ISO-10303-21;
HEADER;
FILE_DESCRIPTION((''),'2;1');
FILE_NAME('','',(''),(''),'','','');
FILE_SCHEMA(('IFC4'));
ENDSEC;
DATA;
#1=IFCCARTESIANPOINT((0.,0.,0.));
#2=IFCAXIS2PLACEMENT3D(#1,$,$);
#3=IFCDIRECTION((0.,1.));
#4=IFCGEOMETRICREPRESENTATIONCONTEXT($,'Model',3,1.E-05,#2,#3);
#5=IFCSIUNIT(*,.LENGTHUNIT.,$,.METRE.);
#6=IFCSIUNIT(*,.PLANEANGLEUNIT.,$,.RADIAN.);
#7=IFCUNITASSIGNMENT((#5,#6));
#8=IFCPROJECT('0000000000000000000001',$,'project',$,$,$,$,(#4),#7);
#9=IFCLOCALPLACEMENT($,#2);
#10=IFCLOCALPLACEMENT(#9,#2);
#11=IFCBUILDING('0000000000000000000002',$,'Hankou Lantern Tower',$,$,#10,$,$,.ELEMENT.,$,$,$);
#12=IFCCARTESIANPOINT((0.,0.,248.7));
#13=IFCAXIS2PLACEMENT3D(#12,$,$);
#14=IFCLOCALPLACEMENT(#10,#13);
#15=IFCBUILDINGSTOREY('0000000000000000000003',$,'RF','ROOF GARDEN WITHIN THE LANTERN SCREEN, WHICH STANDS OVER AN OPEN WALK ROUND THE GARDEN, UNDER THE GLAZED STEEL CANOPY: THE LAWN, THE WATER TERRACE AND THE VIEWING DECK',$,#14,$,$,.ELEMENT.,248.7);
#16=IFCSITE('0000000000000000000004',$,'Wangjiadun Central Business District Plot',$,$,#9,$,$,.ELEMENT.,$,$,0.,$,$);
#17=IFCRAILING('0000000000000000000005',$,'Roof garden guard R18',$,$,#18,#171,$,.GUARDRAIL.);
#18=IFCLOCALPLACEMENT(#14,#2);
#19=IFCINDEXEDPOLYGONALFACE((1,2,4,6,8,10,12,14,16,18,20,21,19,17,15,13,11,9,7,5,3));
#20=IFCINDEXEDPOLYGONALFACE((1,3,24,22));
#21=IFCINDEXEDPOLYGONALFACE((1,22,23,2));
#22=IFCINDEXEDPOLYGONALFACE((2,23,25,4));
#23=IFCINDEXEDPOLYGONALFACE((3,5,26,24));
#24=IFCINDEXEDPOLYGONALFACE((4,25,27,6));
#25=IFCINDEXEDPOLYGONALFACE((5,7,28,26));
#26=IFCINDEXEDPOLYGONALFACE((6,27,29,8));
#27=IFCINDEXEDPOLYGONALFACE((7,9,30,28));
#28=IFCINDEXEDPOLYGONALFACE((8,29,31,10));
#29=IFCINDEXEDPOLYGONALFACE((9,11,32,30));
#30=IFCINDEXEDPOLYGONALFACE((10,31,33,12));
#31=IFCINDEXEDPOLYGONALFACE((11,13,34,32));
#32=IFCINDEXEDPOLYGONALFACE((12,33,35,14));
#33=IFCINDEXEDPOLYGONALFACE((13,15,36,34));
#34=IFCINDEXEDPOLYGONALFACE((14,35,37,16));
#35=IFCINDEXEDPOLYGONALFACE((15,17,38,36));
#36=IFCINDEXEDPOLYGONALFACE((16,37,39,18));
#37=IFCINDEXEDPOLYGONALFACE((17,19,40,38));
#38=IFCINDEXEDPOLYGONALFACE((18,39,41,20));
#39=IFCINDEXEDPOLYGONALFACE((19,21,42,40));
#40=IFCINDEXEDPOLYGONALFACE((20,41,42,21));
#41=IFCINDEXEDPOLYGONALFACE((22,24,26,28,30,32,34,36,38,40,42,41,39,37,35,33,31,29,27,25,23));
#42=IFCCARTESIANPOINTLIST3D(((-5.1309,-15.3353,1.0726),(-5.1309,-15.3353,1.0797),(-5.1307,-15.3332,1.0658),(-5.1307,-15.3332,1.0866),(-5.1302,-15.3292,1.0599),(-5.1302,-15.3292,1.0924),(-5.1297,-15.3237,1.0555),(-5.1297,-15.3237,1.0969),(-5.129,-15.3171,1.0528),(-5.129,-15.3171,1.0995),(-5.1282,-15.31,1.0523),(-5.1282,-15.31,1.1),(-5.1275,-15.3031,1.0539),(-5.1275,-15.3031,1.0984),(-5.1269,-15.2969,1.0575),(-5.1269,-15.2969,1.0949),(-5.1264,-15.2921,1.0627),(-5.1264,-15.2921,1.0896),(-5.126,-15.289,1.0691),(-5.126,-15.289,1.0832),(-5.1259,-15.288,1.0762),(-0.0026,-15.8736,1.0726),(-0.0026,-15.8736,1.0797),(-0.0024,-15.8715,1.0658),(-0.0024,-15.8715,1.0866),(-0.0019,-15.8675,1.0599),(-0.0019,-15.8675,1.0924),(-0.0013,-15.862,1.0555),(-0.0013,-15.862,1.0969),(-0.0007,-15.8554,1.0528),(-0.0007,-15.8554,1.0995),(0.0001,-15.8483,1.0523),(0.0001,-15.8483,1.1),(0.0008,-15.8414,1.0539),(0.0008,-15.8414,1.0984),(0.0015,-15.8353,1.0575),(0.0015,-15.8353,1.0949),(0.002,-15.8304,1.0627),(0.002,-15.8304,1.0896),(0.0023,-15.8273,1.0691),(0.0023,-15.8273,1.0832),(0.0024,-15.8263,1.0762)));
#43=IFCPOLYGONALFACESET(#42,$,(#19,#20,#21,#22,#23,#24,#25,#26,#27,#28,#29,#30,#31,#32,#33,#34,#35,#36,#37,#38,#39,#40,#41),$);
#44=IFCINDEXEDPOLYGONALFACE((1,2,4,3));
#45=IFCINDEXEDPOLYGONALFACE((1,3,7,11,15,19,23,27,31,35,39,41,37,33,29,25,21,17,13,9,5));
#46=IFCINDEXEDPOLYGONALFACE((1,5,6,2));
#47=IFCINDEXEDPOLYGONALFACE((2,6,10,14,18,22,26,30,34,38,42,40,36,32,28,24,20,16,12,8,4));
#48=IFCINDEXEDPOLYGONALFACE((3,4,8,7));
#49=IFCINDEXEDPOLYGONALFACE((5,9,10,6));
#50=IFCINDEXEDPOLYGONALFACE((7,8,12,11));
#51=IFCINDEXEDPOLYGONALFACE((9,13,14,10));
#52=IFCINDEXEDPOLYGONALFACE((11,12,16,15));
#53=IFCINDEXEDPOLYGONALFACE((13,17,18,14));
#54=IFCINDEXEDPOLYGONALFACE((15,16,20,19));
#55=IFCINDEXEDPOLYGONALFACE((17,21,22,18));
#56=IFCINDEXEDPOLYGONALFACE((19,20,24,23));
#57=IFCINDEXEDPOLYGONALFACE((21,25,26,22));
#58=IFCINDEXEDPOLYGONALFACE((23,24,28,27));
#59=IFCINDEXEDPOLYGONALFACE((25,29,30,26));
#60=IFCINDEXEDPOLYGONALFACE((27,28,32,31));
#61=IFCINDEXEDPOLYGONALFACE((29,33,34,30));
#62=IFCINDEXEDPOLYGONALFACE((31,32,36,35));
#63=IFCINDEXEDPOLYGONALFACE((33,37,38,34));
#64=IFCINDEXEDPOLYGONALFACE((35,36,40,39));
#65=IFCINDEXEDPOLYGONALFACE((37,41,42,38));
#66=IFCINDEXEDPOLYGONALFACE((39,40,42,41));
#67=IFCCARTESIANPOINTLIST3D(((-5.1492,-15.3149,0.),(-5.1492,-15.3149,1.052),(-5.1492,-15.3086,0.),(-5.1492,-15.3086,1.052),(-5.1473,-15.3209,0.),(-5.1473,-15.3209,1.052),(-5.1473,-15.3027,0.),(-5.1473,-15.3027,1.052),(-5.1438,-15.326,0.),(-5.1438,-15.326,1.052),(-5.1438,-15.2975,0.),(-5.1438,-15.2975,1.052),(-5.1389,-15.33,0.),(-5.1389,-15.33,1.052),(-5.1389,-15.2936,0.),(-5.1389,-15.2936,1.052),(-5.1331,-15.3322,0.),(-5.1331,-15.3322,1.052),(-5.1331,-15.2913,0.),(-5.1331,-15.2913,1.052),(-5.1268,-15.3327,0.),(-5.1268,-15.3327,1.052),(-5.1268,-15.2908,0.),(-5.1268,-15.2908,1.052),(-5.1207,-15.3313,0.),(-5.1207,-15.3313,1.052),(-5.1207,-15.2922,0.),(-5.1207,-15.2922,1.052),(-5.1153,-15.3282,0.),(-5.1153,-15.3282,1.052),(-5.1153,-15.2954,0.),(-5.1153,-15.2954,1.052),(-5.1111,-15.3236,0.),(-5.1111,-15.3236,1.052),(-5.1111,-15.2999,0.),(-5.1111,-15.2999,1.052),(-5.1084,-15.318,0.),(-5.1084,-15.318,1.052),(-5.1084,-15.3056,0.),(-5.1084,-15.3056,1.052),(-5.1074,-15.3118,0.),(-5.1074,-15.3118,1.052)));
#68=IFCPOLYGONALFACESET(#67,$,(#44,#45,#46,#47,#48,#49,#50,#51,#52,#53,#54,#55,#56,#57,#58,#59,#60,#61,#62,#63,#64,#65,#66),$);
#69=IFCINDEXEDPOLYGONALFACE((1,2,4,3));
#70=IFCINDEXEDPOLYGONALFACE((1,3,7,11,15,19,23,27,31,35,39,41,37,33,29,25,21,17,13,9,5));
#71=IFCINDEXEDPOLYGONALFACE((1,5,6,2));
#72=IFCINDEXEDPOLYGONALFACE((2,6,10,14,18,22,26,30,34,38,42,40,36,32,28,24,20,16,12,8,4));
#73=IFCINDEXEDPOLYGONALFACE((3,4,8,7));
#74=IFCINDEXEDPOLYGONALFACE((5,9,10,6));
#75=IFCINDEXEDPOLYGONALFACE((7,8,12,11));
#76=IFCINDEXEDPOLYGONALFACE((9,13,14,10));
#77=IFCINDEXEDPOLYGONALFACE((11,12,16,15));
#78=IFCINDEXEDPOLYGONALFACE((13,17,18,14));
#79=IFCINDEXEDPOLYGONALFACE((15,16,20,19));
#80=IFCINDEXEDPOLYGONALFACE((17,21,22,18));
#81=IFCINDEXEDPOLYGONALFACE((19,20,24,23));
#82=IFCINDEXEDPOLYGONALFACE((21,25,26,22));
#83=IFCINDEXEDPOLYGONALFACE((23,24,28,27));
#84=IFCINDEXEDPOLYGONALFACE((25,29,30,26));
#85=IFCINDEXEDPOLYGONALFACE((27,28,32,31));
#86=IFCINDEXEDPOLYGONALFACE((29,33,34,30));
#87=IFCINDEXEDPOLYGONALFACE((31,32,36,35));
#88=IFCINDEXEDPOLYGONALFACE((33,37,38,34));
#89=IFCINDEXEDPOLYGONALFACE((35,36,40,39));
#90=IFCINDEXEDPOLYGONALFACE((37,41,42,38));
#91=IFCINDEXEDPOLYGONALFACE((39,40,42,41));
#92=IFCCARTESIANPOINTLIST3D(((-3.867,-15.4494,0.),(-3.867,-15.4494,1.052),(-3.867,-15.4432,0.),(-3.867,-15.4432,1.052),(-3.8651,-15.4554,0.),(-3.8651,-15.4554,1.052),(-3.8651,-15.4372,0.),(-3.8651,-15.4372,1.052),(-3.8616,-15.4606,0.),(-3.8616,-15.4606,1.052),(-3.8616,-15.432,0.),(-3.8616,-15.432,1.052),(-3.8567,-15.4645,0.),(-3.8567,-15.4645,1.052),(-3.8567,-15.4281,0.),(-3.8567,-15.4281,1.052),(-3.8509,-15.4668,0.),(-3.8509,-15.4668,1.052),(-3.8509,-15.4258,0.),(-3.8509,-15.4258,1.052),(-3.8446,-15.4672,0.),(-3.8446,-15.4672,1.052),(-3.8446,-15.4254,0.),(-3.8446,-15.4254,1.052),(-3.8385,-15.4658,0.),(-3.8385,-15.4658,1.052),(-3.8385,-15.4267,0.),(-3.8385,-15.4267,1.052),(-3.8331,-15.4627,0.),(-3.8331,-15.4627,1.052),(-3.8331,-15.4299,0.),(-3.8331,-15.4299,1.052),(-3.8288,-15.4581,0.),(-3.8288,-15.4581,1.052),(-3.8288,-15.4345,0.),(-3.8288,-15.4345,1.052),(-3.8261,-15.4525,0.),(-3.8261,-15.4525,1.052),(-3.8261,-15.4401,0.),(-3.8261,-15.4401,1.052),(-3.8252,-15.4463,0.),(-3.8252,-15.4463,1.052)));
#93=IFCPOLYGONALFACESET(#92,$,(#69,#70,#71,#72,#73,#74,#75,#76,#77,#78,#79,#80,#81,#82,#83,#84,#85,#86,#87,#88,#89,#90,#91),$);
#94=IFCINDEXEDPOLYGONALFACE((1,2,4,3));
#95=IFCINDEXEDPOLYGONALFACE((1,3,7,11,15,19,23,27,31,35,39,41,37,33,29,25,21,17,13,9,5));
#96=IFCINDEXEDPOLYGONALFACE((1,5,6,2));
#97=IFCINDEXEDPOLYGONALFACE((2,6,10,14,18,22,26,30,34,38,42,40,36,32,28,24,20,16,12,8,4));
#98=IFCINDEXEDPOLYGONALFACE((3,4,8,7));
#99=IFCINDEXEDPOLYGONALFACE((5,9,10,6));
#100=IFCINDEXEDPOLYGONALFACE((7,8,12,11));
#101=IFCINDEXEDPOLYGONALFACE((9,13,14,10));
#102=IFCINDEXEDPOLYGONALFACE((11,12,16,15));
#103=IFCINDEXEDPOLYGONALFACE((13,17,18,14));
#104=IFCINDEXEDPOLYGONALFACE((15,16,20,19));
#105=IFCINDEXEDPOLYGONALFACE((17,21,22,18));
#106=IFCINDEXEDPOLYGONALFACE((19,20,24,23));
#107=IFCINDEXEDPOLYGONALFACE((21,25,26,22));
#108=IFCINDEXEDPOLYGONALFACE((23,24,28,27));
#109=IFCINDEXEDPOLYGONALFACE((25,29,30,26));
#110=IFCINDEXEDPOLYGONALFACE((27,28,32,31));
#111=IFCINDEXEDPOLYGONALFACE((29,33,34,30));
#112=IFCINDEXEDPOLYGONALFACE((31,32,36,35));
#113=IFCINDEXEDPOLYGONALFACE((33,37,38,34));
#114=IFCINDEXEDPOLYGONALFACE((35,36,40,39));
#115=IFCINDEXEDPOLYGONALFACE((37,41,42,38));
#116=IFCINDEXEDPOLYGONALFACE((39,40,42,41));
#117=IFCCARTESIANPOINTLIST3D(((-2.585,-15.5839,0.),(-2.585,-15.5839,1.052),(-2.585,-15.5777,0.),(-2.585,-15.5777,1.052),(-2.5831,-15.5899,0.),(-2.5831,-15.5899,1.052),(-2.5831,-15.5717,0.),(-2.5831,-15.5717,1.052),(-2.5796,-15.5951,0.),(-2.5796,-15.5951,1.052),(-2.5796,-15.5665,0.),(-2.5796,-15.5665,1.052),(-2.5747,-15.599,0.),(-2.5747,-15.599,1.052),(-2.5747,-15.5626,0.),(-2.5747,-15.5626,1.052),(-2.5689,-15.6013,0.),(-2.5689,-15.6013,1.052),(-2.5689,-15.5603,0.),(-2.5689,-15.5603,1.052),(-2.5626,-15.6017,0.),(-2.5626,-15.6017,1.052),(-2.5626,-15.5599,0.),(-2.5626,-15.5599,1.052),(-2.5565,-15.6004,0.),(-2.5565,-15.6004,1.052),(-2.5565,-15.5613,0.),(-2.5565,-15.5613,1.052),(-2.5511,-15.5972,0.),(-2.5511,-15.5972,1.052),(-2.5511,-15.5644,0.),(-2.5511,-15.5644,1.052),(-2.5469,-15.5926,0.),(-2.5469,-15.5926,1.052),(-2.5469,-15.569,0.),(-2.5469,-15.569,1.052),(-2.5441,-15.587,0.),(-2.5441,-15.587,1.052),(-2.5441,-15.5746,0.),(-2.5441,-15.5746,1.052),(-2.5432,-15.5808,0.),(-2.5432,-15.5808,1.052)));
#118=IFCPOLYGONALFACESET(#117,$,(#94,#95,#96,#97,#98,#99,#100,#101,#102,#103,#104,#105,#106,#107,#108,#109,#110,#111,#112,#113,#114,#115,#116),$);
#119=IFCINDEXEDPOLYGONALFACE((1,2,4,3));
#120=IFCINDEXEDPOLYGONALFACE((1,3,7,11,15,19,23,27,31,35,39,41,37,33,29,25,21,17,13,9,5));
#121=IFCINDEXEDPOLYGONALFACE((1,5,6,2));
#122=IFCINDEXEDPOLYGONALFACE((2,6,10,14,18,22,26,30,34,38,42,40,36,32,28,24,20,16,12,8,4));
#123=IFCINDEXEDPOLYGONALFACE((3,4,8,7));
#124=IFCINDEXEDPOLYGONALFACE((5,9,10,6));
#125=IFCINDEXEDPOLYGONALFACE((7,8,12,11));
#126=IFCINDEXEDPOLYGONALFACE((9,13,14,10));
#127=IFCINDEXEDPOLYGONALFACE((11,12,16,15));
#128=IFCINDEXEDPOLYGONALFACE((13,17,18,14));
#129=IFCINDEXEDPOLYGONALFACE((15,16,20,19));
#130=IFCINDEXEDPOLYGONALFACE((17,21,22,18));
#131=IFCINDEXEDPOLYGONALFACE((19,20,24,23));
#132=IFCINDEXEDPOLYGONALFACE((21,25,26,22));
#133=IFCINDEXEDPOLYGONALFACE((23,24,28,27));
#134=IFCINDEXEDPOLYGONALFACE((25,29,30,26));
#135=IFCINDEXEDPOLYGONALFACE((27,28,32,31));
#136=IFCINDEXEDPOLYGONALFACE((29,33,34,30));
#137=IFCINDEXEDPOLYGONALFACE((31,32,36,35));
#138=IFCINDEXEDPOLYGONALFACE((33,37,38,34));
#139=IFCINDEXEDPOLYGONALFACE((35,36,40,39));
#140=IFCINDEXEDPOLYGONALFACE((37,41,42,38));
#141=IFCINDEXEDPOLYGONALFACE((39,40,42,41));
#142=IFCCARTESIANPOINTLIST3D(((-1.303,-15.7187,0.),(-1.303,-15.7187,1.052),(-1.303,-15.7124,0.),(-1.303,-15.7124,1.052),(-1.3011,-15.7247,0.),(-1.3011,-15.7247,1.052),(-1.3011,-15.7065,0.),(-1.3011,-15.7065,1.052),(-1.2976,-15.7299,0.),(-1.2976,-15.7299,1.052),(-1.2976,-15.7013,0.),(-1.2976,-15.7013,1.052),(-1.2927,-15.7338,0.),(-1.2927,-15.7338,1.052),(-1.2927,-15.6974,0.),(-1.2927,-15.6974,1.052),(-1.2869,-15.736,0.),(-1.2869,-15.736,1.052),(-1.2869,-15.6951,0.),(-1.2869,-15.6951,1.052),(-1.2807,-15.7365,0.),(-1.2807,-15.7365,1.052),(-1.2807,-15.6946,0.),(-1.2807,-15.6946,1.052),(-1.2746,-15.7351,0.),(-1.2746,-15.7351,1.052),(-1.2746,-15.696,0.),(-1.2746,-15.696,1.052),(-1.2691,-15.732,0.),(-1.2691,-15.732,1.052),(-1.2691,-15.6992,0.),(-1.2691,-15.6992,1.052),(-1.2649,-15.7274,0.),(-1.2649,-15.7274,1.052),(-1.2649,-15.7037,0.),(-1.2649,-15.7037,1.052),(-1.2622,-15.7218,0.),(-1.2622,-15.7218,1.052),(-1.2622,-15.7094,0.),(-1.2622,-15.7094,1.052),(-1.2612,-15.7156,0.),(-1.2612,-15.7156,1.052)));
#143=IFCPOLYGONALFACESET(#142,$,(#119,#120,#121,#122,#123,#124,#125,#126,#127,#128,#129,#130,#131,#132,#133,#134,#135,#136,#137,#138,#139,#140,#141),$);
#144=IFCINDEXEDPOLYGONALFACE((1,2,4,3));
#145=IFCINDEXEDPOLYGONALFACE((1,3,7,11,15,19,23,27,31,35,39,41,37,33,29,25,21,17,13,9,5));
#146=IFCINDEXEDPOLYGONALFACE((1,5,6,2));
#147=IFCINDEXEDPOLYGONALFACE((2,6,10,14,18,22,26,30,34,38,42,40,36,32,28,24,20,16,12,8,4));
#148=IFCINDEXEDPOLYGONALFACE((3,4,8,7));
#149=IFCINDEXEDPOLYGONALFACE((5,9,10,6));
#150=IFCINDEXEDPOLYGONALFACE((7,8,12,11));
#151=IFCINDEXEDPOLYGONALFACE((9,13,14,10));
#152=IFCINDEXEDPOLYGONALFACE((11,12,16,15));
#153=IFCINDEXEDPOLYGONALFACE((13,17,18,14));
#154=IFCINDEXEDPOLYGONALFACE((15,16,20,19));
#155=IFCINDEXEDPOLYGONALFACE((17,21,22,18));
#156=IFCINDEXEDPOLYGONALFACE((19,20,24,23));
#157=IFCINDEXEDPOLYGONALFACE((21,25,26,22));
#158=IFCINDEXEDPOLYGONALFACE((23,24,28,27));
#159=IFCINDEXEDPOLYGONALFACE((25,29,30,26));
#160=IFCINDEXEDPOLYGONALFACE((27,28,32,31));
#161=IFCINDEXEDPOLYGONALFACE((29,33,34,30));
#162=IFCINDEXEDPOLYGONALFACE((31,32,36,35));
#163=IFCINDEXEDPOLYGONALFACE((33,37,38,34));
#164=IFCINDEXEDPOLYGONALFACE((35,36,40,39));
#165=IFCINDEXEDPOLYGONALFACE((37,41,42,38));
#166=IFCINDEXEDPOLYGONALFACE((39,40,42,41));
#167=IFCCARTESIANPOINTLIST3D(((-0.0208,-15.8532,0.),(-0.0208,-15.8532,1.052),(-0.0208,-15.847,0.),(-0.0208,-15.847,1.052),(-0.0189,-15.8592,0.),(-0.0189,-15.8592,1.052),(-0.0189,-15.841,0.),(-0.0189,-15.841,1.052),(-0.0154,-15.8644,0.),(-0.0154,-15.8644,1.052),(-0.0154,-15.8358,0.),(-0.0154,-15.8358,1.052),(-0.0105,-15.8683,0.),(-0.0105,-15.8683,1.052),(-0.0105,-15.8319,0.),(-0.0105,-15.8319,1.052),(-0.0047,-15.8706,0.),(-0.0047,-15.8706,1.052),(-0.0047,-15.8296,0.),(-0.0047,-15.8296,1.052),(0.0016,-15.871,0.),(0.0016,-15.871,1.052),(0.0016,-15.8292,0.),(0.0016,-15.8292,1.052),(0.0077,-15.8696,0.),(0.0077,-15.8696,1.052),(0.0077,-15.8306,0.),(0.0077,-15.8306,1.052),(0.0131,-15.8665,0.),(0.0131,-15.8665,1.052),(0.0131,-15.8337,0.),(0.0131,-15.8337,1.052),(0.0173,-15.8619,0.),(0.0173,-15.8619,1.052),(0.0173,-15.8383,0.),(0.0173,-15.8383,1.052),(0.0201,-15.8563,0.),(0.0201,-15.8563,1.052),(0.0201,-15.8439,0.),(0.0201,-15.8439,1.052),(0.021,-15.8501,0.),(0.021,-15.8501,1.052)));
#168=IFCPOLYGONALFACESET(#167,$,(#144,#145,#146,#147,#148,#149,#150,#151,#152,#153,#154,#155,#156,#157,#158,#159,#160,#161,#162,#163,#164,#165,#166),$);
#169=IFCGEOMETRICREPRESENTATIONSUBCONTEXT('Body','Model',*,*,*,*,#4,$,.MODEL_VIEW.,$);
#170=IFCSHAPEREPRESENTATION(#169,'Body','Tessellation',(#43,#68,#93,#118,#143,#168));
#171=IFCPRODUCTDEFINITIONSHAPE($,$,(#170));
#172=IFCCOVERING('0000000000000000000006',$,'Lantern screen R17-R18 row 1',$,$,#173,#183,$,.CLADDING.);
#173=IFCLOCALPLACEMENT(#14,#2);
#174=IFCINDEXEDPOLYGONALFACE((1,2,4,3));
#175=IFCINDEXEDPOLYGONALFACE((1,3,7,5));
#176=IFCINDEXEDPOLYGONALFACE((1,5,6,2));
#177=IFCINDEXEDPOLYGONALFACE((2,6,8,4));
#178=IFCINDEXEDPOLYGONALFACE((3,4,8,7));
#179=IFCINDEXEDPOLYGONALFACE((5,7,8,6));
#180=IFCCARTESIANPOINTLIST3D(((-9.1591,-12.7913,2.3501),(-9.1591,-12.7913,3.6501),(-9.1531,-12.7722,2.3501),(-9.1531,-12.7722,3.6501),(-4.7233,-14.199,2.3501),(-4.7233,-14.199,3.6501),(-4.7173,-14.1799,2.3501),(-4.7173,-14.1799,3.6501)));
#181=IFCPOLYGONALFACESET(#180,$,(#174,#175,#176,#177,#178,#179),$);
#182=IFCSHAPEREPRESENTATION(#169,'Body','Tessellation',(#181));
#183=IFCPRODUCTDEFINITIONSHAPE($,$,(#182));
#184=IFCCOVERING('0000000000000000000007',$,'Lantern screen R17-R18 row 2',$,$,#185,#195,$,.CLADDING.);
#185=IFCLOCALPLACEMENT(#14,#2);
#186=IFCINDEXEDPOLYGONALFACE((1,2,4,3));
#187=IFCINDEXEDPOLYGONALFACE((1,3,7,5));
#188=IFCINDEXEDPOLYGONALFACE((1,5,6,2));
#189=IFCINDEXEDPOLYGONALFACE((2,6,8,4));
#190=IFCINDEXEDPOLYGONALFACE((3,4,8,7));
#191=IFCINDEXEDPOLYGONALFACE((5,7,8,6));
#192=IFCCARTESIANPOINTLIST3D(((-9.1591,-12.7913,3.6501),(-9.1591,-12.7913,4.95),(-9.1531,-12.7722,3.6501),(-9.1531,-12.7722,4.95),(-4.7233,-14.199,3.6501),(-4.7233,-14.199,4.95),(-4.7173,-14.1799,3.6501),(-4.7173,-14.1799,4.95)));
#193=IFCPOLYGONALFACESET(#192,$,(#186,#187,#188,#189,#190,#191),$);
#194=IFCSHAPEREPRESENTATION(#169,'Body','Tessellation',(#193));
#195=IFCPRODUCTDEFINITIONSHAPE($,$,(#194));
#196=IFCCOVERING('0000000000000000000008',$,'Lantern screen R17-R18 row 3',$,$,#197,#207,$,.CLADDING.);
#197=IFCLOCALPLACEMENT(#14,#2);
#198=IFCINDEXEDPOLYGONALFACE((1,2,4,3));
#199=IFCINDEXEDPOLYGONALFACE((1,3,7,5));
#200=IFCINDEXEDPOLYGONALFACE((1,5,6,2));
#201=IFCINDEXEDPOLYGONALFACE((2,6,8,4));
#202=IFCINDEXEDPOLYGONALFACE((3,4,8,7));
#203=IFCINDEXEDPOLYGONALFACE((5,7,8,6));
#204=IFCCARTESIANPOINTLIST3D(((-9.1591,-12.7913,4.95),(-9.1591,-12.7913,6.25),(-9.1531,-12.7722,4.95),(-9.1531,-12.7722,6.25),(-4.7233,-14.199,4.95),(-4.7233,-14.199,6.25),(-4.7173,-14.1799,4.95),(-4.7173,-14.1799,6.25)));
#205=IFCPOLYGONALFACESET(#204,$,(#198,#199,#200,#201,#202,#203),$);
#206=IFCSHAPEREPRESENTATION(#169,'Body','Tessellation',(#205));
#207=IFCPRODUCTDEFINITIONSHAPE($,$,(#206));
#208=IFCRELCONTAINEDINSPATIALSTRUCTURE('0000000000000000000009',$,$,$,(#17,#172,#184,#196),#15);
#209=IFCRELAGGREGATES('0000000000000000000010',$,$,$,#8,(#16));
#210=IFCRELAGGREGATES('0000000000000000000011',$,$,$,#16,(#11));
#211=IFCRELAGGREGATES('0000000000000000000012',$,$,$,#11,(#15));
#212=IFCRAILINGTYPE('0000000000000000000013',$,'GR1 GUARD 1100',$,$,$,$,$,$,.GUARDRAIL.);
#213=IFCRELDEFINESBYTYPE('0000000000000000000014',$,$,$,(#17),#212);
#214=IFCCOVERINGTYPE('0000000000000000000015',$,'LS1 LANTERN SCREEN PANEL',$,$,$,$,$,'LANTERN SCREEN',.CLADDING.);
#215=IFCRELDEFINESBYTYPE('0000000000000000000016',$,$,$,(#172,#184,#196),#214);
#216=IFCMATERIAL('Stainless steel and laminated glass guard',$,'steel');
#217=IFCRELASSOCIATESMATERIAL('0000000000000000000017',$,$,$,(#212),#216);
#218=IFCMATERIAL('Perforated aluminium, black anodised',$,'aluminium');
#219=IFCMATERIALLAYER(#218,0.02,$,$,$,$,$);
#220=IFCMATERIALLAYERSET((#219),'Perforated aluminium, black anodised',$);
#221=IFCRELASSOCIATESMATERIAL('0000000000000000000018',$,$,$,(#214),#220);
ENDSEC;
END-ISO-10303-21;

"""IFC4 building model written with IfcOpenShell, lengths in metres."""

from ifc_helpers import new_model, si_unit, direction, frame, origin, origin_2d, place, context, subcontext, project, spatial, polyline, circle, outline, extrude, material, layer, layer_set, type_object, element, save


model = new_model("IFC4")

# Units and contexts
model_context = context("Model", 3, precision=1e-05, world=origin(), true_north=direction((0.0, 1.0)))
body_context = subcontext(model_context, "Body", "Model", "MODEL_VIEW")
ifc_project = project(units=[si_unit("LENGTHUNIT", "METRE"), si_unit("PLANEANGLEUNIT", "RADIAN")], contexts=[model_context])

# Site, building, storey
site_placement = place(None, origin())
site = spatial("IfcSite", under=ifc_project, at=site_placement, Name="Wangjiadun Central Business District Plot", CompositionType="ELEMENT", RefElevation=0.0)
building_placement = place(site_placement, origin())
building = spatial("IfcBuilding", under=site, at=building_placement, Name="Hankou Lantern Tower", CompositionType="ELEMENT")
storey_placement = place(building_placement, frame((0.0, 0.0, 248.7)))
storey = spatial("IfcBuildingStorey", under=building, at=storey_placement, Name="RF", Description="ROOF GARDEN WITHIN THE LANTERN SCREEN, WHICH STANDS OVER AN OPEN WALK ROUND THE GARDEN, UNDER THE GLAZED STEEL CANOPY: THE LAWN, THE WATER TERRACE AND THE VIEWING DECK", CompositionType="ELEMENT", Elevation=248.7)

# Railing
ifc_material_1 = material(Name="Stainless steel and laminated glass guard", Category="steel")
railing_type = type_object("IfcRailingType", Name="GR1 GUARD 1100", PredefinedType="GUARDRAIL", material=ifc_material_1)
railing_placement = place(storey_placement, frame((-5.1284, -15.3118, 0.0)))
element("IfcRailing", 1, at=railing_placement, inside=storey, type_object=railing_type, Name="Roof garden guard R18", PredefinedType="GUARDRAIL", context=body_context, shape_type="SweptSolid", body=[
    extrude(circle(Radius=0.0239, at=origin_2d()), frame((0.0, 0.0, 1.0762), z_axis=(0.994536, -0.104396, 0.0), x_axis=(0.104396, 0.994536, 0.0)), (0.0, 0.0, 1.0), 5.1565),
    extrude(circle(Radius=0.021, at=origin_2d()), origin(), (0.0, 0.0, 1.0), 1.052),
    extrude(circle(Radius=0.021, at=origin_2d()), frame((1.2822, -0.1345, 0.0)), (0.0, 0.0, 1.0), 1.052),
    extrude(circle(Radius=0.021, at=origin_2d()), frame((2.5642, -0.269, 0.0)), (0.0, 0.0, 1.0), 1.052),
    extrude(circle(Radius=0.021, at=origin_2d()), frame((3.8462, -0.4038, 0.0)), (0.0, 0.0, 1.0), 1.052),
    extrude(circle(Radius=0.021, at=origin_2d()), frame((5.1284, -0.5383, 0.0)), (0.0, 0.0, 1.0), 1.052),
])

# Coverings
ifc_material_2 = material(Name="Perforated aluminium, black anodised", Category="aluminium")
ifc_layer_1 = layer(ifc_material_2, 0.02)
ifc_layer_set_1 = layer_set([ifc_layer_1], Name="Perforated aluminium, black anodised")
covering_type = type_object("IfcCoveringType", Name="LS1 LANTERN SCREEN PANEL", ElementType="LANTERN SCREEN", PredefinedType="CLADDING", material=ifc_layer_set_1)
covering_1_placement = place(storey_placement, frame((-9.1531, -12.7722, 2.3501), z_axis=(0.302487, 0.953154, 0.0), x_axis=(0.953154, -0.302487, 0.0)))
element("IfcCovering", 2, at=covering_1_placement, inside=storey, type_object=covering_type, Name="Lantern screen R17-R18 row 1", PredefinedType="CLADDING", context=body_context, shape_type="SweptSolid", body=[
    extrude(outline(polyline([(0.0, 0.0), (4.6538, 0.0), (4.6538, -1.3), (0.0, -1.3), (0.0, 0.0)])), origin(), (0.0, 0.0, -1.0), 0.02),
])
covering_2_placement = place(storey_placement, frame((-9.1531, -12.7722, 3.6501), z_axis=(0.302487, 0.953154, 0.0), x_axis=(0.953154, -0.302487, 0.0)))
element("IfcCovering", 3, at=covering_2_placement, inside=storey, type_object=covering_type, Name="Lantern screen R17-R18 row 2", PredefinedType="CLADDING", context=body_context, shape_type="SweptSolid", body=[
    extrude(outline(polyline([(0.0, 0.0), (4.6538, 0.0), (4.6538, -1.2998), (0.0, -1.2998), (0.0, 0.0)])), origin(), (0.0, 0.0, -1.0), 0.02),
])
covering_3_placement = place(storey_placement, frame((-9.1531, -12.7722, 4.95), z_axis=(0.302487, 0.953154, 0.0), x_axis=(0.953154, -0.302487, 0.0)))
element("IfcCovering", 4, at=covering_3_placement, inside=storey, type_object=covering_type, Name="Lantern screen R17-R18 row 3", PredefinedType="CLADDING", context=body_context, shape_type="SweptSolid", body=[
    extrude(outline(polyline([(0.0, 0.0), (4.6538, 0.0), (4.6538, -1.3), (0.0, -1.3), (0.0, 0.0)])), origin(), (0.0, 0.0, -1.0), 0.02),
])

save(model, "model.ifc")
